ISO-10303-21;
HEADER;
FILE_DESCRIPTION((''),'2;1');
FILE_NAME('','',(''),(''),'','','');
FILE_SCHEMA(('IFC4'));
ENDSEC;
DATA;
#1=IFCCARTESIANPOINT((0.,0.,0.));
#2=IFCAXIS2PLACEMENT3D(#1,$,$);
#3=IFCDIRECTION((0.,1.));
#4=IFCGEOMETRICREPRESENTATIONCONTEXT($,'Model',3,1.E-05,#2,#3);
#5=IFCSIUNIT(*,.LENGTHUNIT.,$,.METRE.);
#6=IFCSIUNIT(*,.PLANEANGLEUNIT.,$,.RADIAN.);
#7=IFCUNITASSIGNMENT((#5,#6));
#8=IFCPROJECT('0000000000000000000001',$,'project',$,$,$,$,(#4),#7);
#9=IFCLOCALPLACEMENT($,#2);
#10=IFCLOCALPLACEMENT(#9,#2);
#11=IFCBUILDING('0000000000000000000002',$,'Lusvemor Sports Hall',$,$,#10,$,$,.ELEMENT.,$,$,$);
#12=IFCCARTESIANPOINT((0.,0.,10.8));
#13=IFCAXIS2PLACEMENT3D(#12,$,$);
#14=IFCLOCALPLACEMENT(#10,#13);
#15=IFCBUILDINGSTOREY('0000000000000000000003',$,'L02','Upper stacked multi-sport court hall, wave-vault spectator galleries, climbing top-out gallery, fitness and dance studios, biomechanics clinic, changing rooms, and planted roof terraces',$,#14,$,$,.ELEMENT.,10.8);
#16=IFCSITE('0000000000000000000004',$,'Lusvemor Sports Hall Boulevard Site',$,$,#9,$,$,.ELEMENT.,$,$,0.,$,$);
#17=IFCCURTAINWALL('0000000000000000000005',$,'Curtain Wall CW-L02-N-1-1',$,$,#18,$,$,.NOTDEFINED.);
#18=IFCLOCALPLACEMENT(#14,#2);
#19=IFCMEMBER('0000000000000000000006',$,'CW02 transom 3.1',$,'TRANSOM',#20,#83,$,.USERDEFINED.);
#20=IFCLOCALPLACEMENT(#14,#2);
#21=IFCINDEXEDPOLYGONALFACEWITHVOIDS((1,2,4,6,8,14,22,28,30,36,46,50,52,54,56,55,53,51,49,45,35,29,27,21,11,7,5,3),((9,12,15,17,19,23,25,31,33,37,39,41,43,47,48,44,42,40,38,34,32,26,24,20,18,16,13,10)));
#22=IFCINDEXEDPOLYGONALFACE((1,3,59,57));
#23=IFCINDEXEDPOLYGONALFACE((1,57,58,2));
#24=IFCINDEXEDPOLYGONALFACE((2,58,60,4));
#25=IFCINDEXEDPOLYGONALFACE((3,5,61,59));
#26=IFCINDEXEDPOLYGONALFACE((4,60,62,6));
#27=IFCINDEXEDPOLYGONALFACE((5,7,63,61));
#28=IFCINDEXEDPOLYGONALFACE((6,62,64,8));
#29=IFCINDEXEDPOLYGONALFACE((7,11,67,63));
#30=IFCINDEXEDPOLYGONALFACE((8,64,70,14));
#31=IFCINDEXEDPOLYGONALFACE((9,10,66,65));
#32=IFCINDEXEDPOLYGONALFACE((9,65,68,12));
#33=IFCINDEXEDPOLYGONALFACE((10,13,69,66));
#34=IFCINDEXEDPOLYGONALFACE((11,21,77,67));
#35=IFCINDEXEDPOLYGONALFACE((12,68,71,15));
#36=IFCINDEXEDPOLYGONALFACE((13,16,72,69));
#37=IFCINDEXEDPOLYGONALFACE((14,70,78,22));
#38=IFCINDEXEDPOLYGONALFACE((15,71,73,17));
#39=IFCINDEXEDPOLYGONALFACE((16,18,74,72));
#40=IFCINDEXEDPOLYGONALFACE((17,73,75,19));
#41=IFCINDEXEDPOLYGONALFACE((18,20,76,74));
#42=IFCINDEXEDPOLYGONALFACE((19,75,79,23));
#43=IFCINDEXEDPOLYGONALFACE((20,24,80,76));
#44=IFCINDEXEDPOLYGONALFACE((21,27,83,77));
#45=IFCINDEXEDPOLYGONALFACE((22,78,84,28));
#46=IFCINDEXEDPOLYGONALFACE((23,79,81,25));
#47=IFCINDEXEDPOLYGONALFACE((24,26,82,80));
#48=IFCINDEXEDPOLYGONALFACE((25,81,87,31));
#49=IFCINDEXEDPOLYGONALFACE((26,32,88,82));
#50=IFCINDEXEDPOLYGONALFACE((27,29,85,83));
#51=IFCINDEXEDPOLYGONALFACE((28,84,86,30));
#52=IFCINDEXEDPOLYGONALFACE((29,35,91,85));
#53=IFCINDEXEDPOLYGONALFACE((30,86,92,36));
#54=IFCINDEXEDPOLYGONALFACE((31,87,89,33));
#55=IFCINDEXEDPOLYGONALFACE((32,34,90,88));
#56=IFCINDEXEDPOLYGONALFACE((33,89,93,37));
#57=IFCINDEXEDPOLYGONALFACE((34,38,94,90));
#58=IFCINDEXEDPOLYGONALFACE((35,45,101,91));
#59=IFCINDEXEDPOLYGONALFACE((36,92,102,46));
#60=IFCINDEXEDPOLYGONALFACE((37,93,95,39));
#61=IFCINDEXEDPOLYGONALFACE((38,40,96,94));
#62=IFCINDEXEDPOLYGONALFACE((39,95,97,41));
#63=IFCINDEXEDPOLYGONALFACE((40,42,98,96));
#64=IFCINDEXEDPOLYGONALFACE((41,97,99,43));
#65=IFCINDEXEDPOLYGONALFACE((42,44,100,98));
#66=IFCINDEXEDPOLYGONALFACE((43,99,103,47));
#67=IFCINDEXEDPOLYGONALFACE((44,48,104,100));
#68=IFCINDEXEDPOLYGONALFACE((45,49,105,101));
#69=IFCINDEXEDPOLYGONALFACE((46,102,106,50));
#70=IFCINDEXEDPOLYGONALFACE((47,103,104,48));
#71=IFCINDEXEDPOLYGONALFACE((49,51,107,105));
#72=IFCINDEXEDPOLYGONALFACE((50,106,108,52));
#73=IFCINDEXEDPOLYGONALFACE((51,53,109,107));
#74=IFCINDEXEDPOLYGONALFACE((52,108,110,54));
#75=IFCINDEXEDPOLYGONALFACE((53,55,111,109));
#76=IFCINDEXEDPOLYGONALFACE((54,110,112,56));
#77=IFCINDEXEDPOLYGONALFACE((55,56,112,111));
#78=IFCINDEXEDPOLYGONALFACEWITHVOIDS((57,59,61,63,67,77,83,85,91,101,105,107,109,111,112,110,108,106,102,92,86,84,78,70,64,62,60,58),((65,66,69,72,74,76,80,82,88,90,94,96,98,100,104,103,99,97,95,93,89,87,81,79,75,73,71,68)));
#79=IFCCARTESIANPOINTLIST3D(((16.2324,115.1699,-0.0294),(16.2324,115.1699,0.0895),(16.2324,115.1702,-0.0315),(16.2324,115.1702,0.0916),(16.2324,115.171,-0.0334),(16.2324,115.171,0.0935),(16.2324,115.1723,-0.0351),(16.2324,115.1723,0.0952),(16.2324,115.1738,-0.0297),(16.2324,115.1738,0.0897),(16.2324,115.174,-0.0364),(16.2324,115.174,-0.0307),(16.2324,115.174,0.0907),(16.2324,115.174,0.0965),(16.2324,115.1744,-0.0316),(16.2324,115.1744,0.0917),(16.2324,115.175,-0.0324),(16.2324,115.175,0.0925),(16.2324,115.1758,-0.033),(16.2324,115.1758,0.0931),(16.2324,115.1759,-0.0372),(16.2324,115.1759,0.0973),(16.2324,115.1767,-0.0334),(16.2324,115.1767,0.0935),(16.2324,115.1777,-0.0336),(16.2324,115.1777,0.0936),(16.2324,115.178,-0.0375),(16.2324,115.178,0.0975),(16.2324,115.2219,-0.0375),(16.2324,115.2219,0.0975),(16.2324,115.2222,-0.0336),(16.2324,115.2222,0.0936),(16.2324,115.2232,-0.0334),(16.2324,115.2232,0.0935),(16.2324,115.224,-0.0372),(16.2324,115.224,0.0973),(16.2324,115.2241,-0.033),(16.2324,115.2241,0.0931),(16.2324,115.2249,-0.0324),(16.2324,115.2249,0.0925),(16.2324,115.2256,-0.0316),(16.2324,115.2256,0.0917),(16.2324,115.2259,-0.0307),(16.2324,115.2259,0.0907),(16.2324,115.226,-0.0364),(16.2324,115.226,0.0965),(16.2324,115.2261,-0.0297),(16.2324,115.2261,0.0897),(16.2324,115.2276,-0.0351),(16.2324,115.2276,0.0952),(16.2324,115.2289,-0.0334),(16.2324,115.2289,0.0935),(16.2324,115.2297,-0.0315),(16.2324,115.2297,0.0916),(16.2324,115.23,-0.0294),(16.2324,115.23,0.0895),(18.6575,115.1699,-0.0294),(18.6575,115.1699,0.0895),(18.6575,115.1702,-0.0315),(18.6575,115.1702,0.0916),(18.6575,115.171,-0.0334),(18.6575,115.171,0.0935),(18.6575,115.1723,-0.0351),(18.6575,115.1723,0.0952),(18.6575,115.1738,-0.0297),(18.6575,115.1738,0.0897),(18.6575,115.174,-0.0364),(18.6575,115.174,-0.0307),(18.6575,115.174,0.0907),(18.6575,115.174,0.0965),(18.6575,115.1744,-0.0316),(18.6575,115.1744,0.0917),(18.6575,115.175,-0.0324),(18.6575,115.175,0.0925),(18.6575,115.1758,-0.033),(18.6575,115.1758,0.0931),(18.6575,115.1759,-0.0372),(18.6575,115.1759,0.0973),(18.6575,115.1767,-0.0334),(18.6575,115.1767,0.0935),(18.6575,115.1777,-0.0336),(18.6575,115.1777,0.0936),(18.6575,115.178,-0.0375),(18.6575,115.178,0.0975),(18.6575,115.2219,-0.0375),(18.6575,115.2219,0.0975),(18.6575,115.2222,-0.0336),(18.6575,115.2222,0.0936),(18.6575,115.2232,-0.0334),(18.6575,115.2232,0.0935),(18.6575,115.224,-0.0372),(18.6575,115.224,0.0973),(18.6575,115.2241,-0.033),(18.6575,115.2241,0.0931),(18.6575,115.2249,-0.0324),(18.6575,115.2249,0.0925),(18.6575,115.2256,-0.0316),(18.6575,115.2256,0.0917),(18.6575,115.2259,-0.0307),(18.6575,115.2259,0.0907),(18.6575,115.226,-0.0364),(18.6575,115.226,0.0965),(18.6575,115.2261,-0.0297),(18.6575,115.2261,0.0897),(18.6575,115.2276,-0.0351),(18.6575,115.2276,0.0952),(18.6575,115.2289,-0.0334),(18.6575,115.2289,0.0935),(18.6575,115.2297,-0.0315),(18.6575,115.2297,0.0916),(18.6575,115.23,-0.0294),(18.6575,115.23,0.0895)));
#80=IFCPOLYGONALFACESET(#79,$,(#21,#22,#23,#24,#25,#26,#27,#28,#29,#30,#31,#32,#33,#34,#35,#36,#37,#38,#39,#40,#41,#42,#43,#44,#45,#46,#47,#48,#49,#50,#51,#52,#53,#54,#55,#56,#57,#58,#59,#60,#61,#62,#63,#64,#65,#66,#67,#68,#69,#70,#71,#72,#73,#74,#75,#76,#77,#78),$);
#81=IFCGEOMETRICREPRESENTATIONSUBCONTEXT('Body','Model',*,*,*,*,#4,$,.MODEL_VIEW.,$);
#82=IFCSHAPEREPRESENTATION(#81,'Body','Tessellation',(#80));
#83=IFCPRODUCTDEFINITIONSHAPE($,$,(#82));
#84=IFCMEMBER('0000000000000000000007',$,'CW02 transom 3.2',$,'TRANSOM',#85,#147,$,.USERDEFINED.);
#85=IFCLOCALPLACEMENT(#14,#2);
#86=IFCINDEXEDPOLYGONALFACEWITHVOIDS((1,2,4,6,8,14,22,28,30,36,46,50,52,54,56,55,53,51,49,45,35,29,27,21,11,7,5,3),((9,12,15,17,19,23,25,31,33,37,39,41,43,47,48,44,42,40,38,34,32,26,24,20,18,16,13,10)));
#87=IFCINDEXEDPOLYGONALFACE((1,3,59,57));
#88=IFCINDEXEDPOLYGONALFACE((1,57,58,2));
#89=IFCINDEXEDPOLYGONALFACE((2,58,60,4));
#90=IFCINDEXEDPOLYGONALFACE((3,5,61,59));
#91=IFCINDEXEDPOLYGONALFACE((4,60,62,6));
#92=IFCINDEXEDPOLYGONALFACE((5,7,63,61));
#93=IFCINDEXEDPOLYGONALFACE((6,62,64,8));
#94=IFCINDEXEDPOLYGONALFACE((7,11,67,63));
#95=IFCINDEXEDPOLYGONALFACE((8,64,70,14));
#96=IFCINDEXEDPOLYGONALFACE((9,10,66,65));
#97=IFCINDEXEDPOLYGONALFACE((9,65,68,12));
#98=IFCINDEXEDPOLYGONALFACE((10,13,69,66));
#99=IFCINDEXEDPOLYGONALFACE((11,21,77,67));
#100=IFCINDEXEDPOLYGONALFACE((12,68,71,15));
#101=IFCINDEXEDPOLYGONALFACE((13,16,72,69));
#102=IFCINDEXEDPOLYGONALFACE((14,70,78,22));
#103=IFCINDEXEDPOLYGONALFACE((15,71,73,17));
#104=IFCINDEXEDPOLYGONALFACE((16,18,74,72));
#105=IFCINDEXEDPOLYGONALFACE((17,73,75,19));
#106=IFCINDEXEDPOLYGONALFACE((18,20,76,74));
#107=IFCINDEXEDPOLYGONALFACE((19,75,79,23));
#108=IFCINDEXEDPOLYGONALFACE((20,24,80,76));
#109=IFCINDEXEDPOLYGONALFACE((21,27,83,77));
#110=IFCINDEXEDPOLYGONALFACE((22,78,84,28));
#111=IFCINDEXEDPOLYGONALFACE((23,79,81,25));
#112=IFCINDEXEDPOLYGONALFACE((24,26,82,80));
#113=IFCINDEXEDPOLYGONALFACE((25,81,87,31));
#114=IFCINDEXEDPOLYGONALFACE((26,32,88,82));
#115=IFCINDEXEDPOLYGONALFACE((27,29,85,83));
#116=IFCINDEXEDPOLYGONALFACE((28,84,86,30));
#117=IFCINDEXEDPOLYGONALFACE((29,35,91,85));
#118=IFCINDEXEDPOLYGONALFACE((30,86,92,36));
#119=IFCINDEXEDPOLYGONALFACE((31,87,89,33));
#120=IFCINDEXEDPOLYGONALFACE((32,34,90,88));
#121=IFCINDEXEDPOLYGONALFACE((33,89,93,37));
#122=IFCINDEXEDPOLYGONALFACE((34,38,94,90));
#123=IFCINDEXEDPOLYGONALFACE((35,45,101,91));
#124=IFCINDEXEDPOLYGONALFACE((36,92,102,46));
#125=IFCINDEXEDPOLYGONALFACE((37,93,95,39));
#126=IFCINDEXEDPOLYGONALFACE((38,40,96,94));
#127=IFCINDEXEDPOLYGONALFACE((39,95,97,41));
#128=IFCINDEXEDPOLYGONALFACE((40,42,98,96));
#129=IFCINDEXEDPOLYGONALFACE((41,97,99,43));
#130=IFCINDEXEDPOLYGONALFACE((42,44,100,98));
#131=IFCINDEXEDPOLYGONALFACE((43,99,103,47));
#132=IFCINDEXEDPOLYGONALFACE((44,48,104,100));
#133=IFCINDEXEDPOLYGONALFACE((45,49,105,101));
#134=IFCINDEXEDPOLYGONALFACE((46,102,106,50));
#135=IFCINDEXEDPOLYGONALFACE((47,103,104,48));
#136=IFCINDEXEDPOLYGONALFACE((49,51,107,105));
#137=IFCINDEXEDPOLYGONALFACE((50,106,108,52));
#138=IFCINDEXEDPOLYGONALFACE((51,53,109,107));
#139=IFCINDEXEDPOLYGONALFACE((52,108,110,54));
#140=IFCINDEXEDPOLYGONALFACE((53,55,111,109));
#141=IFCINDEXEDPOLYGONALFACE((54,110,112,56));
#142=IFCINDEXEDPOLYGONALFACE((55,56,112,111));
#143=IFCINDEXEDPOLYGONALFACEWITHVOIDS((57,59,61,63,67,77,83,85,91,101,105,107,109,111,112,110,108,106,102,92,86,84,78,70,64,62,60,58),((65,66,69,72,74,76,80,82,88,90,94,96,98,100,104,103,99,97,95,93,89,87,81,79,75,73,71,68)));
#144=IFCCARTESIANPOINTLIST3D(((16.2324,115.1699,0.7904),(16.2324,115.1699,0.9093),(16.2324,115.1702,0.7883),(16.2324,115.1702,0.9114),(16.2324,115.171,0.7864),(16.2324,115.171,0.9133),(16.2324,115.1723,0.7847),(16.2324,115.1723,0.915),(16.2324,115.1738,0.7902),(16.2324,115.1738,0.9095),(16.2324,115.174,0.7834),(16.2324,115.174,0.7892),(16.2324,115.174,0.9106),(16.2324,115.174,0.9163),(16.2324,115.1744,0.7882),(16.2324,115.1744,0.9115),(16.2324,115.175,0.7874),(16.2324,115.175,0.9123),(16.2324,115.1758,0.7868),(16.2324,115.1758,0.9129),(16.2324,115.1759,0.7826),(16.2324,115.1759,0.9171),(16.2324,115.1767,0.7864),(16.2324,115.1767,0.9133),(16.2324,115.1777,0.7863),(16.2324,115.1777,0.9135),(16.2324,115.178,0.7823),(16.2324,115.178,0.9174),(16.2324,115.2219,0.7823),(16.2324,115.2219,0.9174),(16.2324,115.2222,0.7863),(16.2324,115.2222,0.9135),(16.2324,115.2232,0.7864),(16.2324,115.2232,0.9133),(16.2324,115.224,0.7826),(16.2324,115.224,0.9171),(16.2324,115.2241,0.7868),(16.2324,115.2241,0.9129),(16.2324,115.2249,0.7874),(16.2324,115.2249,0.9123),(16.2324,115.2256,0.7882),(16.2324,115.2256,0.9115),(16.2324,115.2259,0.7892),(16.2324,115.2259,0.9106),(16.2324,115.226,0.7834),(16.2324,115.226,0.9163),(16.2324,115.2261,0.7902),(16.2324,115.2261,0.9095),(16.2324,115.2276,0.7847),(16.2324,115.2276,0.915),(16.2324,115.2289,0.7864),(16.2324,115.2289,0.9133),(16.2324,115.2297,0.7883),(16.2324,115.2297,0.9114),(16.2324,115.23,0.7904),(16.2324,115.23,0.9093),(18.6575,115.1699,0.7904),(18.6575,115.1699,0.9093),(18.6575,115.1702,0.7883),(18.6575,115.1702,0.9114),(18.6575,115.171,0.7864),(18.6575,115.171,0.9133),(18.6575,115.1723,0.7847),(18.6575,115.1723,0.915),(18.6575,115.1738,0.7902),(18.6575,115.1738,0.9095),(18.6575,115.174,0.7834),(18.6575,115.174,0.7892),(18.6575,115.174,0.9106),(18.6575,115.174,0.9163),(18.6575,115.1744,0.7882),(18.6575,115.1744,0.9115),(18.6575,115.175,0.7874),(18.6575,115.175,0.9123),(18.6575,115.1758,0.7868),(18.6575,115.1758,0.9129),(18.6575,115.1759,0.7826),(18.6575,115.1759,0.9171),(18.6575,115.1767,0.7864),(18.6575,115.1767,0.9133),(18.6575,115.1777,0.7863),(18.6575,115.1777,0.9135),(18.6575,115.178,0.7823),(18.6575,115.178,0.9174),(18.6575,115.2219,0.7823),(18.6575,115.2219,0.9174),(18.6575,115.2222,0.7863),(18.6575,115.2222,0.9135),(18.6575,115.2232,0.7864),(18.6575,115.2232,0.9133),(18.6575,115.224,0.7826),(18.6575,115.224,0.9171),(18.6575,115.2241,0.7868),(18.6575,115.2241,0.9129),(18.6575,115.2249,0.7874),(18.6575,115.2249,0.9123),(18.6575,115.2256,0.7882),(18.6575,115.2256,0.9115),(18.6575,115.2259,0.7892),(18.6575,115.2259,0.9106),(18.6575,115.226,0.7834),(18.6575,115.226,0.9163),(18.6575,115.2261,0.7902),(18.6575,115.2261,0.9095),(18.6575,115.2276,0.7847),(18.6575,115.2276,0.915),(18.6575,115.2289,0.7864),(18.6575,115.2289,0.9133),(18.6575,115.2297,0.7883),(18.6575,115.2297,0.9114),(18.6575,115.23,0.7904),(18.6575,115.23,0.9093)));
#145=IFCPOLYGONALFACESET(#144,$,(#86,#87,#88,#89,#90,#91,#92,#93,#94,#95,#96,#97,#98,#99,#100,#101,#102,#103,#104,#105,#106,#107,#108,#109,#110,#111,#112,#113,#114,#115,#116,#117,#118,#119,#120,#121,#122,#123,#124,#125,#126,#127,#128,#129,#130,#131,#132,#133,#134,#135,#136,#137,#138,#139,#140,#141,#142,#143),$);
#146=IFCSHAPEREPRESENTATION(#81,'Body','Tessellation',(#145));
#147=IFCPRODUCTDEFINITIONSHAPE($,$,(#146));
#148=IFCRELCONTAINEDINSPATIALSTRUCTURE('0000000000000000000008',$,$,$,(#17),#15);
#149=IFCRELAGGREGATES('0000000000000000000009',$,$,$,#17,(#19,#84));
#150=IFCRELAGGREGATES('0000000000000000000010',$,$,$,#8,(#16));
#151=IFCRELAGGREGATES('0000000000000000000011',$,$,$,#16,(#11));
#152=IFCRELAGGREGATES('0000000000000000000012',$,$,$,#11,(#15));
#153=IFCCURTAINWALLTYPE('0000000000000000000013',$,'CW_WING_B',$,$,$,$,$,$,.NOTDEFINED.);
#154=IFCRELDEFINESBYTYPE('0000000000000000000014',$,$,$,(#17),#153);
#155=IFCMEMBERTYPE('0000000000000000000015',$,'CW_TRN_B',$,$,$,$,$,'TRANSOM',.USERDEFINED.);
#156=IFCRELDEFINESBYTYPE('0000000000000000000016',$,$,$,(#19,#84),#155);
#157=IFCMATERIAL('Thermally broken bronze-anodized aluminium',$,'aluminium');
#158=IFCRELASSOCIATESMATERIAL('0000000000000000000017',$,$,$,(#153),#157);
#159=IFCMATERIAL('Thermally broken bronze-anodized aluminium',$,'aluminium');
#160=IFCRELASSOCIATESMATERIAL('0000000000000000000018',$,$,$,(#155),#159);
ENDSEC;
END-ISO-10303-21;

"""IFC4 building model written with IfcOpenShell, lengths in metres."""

from ifc_helpers import new_model, si_unit, direction, frame, origin, origin_2d, place, context, subcontext, project, spatial, hollow_rectangle, extrude, material, material_profile, profile_set, type_object, element, aggregate, save


model = new_model("IFC4")

# Units and contexts
model_context = context("Model", 3, precision=1e-05, world=origin(), true_north=direction((0.0, 1.0)))
body_context = subcontext(model_context, "Body", "Model", "MODEL_VIEW")
ifc_project = project(units=[si_unit("LENGTHUNIT", "METRE"), si_unit("PLANEANGLEUNIT", "RADIAN")], contexts=[model_context])

# Site, building, storey
site_placement = place(None, origin())
site = spatial("IfcSite", under=ifc_project, at=site_placement, Name="Lusvemor Sports Hall Boulevard Site", CompositionType="ELEMENT", RefElevation=0.0)
building_placement = place(site_placement, origin())
building = spatial("IfcBuilding", under=site, at=building_placement, Name="Lusvemor Sports Hall", CompositionType="ELEMENT")
storey_placement = place(building_placement, frame((0.0, 0.0, 10.8)))
storey = spatial("IfcBuildingStorey", under=building, at=storey_placement, Name="L02", Description="Upper stacked multi-sport court hall, wave-vault spectator galleries, climbing top-out gallery, fitness and dance studios, biomechanics clinic, changing rooms, and planted roof terraces", CompositionType="ELEMENT", Elevation=10.8)

# Curtain wall, members
ifc_material_1 = material(Name="Thermally broken bronze-anodized aluminium", Category="aluminium")
curtain_wall_type = type_object("IfcCurtainWallType", Name="CW_WING_B", PredefinedType="NOTDEFINED", material=ifc_material_1)
curtain_wall_placement = place(storey_placement, origin())
curtain_wall = element("IfcCurtainWall", 1, at=curtain_wall_placement, inside=storey, type_object=curtain_wall_type, Name="Curtain Wall CW-L02-N-1-1", PredefinedType="NOTDEFINED")
ifc_material_2 = material(Name="Thermally broken bronze-anodized aluminium", Category="aluminium")
ifc_material_profile_1 = material_profile(ifc_material_2, hollow_rectangle(XDim=0.0601, YDim=0.135, WallThickness=0.0039, InnerFilletRadius=0.0039, OuterFilletRadius=0.0081, at=origin_2d()), Name="CWTRN135x60x4")
ifc_profile_set_1 = profile_set([ifc_material_profile_1], Name="Thermally broken bronze-anodized aluminium")
member_type_1 = type_object("IfcMemberType", Name="CW_TRN_B", ElementType="TRANSOM", PredefinedType="USERDEFINED", material=ifc_profile_set_1)
member_1_placement = place(storey_placement, frame((16.2324, 115.2, 0.03), z_axis=(1.0, 0.0, 0.0), x_axis=(0.0, 1.0, 0.0)))
member_1 = element("IfcMember", 2, at=member_1_placement, type_object=member_type_1, Name="CW02 transom 3.1", ObjectType="TRANSOM", PredefinedType="USERDEFINED", context=body_context, shape_type="SweptSolid", body=[
    extrude(hollow_rectangle(XDim=0.0601, YDim=0.135, WallThickness=0.0039, InnerFilletRadius=0.0039, OuterFilletRadius=0.0081, at=origin_2d()), origin(), (0.0, 0.0, 1.0), 2.425),
])
member_2_placement = place(storey_placement, frame((16.2324, 115.2, 0.8499), z_axis=(1.0, 0.0, 0.0), x_axis=(0.0, 1.0, 0.0)))
member_2 = element("IfcMember", 3, at=member_2_placement, type_object=member_type_1, Name="CW02 transom 3.2", ObjectType="TRANSOM", PredefinedType="USERDEFINED", context=body_context, shape_type="SweptSolid", body=[
    extrude(hollow_rectangle(XDim=0.0601, YDim=0.135, WallThickness=0.0039, InnerFilletRadius=0.0039, OuterFilletRadius=0.0081, at=origin_2d()), origin(), (0.0, 0.0, 1.0), 2.425),
])
aggregate(curtain_wall, [member_1, member_2])

save(model, "model.ifc")
